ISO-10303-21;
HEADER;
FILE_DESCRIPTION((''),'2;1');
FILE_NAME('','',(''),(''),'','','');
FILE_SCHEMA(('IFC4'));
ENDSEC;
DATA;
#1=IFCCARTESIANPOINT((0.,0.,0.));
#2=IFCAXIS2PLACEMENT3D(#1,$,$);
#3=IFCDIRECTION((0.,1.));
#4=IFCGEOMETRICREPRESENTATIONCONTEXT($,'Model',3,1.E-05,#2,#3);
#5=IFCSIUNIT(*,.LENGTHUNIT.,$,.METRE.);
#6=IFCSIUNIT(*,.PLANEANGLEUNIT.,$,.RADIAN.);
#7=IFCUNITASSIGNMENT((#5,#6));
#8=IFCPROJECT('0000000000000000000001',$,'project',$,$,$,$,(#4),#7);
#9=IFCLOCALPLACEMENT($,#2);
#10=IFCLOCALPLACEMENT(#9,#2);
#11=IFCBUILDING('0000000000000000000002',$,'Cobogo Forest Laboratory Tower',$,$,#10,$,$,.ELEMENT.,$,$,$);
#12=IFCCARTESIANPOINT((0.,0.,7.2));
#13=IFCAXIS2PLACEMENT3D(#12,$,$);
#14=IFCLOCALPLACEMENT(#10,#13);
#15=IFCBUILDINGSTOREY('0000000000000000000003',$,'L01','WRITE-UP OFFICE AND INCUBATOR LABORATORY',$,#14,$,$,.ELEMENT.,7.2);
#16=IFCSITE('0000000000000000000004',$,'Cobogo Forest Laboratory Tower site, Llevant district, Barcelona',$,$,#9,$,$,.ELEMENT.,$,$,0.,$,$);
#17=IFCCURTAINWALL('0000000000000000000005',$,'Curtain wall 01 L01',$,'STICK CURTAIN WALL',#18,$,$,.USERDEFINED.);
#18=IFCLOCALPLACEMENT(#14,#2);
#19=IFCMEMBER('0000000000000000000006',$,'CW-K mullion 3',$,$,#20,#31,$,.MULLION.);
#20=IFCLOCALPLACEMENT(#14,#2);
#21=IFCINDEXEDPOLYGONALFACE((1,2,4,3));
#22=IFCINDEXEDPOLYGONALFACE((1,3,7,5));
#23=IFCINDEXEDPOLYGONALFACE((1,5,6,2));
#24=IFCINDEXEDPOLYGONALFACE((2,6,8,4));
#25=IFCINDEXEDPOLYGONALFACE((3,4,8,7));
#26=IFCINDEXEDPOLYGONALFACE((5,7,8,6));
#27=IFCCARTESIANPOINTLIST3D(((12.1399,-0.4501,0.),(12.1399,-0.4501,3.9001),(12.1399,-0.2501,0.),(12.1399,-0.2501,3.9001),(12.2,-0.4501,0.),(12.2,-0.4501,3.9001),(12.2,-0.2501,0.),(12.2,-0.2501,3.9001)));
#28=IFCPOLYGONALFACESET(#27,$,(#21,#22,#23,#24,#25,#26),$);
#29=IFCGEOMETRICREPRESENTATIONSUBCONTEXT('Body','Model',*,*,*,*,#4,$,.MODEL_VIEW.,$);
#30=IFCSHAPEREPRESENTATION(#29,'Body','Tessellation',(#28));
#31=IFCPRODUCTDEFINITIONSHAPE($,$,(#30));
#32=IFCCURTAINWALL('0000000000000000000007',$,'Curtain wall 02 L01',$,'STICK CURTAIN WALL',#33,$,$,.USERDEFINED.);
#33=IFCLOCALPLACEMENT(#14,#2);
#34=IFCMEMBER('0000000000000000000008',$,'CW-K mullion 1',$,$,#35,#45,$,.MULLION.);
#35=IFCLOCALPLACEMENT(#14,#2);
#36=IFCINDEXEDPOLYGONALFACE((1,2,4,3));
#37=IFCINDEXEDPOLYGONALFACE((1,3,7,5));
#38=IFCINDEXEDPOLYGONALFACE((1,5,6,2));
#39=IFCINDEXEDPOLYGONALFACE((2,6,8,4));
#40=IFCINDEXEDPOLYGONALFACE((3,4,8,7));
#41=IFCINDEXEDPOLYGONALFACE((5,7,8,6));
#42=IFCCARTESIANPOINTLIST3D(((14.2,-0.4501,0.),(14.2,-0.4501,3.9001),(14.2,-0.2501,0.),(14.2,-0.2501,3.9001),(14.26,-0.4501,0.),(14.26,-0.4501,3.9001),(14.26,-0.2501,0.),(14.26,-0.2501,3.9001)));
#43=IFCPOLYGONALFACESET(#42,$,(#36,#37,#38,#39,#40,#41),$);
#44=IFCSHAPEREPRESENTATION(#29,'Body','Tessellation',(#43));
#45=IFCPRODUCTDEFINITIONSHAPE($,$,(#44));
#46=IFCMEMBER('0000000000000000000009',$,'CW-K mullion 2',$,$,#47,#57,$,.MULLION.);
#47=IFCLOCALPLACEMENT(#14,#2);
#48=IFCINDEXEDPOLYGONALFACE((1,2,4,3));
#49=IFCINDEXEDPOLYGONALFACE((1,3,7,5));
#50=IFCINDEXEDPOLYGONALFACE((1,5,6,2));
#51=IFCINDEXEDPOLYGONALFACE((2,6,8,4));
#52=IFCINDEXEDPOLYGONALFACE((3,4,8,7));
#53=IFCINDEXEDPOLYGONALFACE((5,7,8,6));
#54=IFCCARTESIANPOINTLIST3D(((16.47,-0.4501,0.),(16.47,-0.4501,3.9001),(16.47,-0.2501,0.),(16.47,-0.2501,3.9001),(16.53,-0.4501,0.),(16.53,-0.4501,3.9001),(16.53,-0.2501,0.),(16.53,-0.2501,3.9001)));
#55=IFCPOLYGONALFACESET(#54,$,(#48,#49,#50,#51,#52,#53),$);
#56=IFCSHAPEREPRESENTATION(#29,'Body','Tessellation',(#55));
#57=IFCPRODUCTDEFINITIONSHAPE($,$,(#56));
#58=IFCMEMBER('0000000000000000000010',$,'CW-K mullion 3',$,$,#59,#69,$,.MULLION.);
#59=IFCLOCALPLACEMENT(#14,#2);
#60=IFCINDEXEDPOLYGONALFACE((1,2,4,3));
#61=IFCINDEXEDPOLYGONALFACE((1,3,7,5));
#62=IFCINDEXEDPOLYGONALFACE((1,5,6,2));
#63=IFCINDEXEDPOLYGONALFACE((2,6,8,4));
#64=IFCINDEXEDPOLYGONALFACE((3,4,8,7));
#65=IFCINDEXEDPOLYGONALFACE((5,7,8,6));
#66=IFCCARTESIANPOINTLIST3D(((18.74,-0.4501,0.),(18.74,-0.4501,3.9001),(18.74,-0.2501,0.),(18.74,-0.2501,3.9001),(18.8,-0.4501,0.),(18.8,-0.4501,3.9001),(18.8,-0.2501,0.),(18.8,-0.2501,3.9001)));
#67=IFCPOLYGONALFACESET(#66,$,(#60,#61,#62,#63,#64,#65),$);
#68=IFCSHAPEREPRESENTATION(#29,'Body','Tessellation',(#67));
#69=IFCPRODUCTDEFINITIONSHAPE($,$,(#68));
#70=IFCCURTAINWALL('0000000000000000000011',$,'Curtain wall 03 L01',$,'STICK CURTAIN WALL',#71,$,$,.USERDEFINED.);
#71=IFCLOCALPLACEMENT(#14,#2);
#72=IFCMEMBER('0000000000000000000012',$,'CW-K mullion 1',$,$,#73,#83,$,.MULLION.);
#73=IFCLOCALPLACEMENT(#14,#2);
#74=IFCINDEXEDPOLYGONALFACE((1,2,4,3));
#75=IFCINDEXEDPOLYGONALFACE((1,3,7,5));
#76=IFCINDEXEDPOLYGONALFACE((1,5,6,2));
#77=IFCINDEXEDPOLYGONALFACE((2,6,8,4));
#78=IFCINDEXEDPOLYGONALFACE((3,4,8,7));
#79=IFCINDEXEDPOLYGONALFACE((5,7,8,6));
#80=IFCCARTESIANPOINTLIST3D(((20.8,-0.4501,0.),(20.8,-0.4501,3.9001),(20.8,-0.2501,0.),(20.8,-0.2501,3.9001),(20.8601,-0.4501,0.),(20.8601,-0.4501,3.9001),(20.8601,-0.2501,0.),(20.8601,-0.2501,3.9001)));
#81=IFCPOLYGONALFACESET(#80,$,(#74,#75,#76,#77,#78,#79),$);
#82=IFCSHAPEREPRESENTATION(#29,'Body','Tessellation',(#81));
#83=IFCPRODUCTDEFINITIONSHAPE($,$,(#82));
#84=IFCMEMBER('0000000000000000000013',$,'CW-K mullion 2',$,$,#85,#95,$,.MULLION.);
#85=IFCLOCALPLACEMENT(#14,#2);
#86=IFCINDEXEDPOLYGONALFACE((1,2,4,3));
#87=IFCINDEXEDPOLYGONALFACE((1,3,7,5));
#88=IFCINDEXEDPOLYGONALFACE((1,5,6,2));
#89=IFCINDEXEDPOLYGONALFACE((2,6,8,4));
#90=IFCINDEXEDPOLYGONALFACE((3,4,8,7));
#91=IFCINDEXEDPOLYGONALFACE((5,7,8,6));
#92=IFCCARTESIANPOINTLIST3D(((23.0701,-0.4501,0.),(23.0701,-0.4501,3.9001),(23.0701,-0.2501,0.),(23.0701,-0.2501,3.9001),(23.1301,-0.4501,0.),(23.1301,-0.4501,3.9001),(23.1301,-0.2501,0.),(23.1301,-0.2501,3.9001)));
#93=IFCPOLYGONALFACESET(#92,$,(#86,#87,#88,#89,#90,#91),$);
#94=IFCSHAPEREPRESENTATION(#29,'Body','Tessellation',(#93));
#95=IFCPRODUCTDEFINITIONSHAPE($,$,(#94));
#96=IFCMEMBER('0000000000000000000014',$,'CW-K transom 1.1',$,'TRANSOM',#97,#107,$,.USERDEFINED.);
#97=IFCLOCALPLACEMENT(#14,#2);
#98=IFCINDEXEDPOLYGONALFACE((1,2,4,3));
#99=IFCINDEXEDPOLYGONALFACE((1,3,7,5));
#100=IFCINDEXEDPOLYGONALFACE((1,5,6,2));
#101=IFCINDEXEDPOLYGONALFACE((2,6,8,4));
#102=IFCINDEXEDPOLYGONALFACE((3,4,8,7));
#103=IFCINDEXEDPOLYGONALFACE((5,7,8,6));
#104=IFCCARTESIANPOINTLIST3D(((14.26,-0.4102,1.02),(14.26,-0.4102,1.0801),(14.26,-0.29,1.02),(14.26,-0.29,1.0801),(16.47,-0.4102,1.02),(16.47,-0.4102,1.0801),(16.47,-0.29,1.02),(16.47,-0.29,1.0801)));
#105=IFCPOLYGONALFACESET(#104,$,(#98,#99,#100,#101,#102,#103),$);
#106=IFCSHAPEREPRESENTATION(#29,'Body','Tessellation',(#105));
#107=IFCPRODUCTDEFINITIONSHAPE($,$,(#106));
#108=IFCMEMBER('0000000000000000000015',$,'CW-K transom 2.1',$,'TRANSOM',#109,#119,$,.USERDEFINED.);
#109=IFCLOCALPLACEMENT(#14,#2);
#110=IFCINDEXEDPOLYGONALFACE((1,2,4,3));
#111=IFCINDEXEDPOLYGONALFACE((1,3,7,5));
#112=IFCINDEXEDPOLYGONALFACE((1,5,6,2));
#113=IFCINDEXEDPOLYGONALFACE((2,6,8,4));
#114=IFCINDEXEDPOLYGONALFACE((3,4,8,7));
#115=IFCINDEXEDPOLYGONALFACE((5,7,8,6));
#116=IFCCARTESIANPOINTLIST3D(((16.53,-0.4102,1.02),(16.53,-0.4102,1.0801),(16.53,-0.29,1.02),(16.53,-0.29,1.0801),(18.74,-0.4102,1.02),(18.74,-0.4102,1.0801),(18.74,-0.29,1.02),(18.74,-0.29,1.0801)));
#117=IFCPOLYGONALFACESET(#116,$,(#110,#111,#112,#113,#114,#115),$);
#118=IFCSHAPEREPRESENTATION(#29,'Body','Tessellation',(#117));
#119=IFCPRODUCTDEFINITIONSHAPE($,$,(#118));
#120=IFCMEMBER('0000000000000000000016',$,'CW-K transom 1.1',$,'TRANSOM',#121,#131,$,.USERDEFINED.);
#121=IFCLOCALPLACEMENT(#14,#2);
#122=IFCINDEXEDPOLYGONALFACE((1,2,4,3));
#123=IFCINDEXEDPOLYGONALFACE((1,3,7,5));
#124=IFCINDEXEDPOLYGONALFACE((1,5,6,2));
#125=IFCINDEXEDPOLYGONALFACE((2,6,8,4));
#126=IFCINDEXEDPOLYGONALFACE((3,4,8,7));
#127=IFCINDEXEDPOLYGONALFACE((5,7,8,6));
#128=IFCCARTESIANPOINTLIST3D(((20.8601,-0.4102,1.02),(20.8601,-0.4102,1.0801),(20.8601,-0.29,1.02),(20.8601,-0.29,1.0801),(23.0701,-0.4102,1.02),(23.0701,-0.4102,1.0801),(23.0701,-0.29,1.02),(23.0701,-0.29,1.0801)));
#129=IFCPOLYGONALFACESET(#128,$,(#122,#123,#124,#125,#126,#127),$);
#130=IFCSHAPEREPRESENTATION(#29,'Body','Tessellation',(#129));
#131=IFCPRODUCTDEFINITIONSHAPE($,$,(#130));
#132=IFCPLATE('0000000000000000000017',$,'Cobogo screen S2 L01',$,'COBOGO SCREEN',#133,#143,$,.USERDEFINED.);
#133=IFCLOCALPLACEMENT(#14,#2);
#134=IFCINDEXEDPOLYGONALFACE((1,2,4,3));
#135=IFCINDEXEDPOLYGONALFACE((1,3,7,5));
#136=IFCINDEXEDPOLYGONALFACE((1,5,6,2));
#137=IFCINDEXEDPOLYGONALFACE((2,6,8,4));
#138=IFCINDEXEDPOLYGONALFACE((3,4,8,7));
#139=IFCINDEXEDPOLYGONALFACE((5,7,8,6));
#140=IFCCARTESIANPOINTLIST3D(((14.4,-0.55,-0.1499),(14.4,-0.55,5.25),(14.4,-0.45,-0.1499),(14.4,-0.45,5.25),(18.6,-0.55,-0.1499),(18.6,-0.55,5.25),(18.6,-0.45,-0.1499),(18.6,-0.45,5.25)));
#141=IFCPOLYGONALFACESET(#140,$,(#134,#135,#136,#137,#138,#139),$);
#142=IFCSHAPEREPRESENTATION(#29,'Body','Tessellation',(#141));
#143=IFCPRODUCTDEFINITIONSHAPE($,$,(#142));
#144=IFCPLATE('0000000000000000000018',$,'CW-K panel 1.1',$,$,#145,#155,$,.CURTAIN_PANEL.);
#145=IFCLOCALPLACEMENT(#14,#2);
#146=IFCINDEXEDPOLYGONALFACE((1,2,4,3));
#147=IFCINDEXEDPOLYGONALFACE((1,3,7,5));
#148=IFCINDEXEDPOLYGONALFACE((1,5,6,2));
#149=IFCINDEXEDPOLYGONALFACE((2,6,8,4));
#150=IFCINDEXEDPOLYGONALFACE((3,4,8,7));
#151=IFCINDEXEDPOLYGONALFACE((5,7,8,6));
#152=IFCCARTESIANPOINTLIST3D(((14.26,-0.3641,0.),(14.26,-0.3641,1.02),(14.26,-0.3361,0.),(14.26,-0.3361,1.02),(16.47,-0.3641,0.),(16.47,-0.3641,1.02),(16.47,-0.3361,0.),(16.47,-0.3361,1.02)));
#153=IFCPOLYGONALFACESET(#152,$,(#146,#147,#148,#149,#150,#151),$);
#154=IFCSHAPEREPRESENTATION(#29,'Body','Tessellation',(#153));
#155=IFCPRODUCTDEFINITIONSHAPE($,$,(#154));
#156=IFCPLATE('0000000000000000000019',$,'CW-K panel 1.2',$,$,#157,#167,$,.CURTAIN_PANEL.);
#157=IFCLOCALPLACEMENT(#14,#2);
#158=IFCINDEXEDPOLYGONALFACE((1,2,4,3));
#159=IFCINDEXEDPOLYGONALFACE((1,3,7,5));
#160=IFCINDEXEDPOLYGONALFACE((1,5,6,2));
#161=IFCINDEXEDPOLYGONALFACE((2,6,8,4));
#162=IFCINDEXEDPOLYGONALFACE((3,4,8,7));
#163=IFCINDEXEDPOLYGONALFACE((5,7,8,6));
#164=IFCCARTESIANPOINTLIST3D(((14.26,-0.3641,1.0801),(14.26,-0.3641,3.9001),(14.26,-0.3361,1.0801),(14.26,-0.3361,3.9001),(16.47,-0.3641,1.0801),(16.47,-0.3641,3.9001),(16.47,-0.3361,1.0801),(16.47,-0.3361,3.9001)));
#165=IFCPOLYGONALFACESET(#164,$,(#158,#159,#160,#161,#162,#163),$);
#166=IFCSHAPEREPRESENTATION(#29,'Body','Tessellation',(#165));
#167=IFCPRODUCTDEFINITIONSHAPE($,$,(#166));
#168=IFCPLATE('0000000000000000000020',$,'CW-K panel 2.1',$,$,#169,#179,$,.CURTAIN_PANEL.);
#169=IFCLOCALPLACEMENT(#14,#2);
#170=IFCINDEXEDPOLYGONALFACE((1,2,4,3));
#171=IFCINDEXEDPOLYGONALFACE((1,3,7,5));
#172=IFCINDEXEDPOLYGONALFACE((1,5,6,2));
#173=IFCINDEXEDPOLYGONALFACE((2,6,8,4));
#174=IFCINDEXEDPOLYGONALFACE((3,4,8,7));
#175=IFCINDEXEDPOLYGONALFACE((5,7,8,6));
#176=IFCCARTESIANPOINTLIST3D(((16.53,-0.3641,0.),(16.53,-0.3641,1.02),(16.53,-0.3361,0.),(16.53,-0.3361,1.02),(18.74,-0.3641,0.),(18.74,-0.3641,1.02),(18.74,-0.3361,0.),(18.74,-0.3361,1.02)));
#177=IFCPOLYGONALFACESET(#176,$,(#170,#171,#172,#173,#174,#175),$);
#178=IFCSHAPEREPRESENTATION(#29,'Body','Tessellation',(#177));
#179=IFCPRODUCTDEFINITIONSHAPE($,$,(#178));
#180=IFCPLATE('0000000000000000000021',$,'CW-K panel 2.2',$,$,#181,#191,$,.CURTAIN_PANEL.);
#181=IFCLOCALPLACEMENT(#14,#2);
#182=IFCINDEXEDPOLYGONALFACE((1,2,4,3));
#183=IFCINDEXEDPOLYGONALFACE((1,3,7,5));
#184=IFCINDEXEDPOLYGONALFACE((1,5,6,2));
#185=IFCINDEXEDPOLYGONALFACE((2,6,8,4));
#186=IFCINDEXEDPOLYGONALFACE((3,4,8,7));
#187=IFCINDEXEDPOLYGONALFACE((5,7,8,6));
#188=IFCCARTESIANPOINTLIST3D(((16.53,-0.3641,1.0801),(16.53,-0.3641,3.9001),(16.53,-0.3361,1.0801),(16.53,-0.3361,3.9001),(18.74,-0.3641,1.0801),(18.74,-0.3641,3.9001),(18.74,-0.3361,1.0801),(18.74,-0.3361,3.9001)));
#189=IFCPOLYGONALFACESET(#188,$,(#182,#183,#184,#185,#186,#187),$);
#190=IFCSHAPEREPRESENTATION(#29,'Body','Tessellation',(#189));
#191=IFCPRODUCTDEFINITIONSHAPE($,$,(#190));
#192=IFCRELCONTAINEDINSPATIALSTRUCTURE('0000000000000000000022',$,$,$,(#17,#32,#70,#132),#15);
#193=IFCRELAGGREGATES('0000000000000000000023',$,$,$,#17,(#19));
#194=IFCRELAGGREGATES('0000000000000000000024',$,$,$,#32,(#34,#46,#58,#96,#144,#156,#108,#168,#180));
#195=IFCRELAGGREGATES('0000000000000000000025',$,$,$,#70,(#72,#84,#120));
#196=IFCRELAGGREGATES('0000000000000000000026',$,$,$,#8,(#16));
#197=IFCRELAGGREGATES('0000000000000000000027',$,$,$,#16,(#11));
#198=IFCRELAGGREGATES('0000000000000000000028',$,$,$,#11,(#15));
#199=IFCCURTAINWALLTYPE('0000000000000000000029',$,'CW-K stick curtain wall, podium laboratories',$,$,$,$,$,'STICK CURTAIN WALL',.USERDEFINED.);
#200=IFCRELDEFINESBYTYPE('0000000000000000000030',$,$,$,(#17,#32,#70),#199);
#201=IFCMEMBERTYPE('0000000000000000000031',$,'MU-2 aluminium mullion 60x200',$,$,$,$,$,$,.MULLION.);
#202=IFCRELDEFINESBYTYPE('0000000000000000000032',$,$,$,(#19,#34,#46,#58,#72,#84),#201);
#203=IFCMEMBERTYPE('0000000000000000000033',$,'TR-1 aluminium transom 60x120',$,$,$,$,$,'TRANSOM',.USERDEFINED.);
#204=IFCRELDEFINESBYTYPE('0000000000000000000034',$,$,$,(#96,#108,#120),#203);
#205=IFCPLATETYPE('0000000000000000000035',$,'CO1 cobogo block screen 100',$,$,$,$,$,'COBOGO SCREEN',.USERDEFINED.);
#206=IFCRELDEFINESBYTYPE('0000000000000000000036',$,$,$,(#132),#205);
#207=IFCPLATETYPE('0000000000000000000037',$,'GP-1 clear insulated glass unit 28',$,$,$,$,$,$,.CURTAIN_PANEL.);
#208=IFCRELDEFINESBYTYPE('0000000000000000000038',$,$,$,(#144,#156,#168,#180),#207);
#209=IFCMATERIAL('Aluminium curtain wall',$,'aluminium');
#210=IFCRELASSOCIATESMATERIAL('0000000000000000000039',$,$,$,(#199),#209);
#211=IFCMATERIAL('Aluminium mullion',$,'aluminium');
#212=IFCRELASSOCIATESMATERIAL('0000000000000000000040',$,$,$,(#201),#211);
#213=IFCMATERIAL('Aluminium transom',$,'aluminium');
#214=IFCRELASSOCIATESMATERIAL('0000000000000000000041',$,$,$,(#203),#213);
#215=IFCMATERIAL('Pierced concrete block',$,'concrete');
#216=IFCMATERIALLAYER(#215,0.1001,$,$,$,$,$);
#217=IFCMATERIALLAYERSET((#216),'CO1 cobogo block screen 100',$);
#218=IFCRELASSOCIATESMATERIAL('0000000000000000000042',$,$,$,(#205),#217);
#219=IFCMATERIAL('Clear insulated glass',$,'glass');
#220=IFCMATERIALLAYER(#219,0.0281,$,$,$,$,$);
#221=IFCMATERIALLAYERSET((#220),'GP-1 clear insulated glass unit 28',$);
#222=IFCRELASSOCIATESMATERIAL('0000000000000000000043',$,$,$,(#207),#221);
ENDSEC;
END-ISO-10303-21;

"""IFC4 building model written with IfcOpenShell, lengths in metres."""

from ifc_helpers import new_model, si_unit, direction, frame, origin, origin_2d, place, context, subcontext, project, spatial, rectangle, extrude, material, layer, layer_set, material_profile, profile_set, type_object, element, aggregate, save


model = new_model("IFC4")

# Units and contexts
model_context = context("Model", 3, precision=1e-05, world=origin(), true_north=direction((0.0, 1.0)))
body_context = subcontext(model_context, "Body", "Model", "MODEL_VIEW")
ifc_project = project(units=[si_unit("LENGTHUNIT", "METRE"), si_unit("PLANEANGLEUNIT", "RADIAN")], contexts=[model_context])

# Site, building, storey
site_placement = place(None, origin())
site = spatial("IfcSite", under=ifc_project, at=site_placement, Name="Cobogo Forest Laboratory Tower site, Llevant district, Barcelona", CompositionType="ELEMENT", RefElevation=0.0)
building_placement = place(site_placement, origin())
building = spatial("IfcBuilding", under=site, at=building_placement, Name="Cobogo Forest Laboratory Tower", CompositionType="ELEMENT")
storey_placement = place(building_placement, frame((0.0, 0.0, 7.2)))
storey = spatial("IfcBuildingStorey", under=building, at=storey_placement, Name="L01", Description="WRITE-UP OFFICE AND INCUBATOR LABORATORY", CompositionType="ELEMENT", Elevation=7.2)

# Curtain wall, member
ifc_material_1 = material(Name="Aluminium curtain wall", Category="aluminium")
curtain_wall_type = type_object("IfcCurtainWallType", Name="CW-K stick curtain wall, podium laboratories", ElementType="STICK CURTAIN WALL", PredefinedType="USERDEFINED", material=ifc_material_1)
curtain_wall_1_placement = place(storey_placement, origin())
curtain_wall_1 = element("IfcCurtainWall", 1, at=curtain_wall_1_placement, inside=storey, type_object=curtain_wall_type, Name="Curtain wall 01 L01", ObjectType="STICK CURTAIN WALL", PredefinedType="USERDEFINED")
ifc_material_2 = material(Name="Aluminium mullion", Category="aluminium")
ifc_material_profile_1 = material_profile(ifc_material_2, rectangle(XDim=0.0601, YDim=0.2, at=origin_2d()), Name="AL 60x200")
ifc_profile_set_1 = profile_set([ifc_material_profile_1], Name="Aluminium mullion")
member_type_1 = type_object("IfcMemberType", Name="MU-2 aluminium mullion 60x200", PredefinedType="MULLION", material=ifc_profile_set_1)
member_1_placement = place(storey_placement, frame((12.1699, -0.3501, 0.0), z_axis=(0.0, 0.0, 1.0), x_axis=(1.0, 0.0, 0.0)))
member_1 = element("IfcMember", 2, at=member_1_placement, type_object=member_type_1, Name="CW-K mullion 3", PredefinedType="MULLION", context=body_context, shape_type="SweptSolid", body=[
    extrude(rectangle(XDim=0.0601, YDim=0.2, at=origin_2d()), origin(), (0.0, 0.0, 1.0), 3.9001),
])
aggregate(curtain_wall_1, [member_1])

# Curtain walls, members
curtain_wall_2_placement = place(storey_placement, origin())
curtain_wall_2 = element("IfcCurtainWall", 3, at=curtain_wall_2_placement, inside=storey, type_object=curtain_wall_type, Name="Curtain wall 02 L01", ObjectType="STICK CURTAIN WALL", PredefinedType="USERDEFINED")
member_2_placement = place(storey_placement, frame((14.23, -0.3501, 0.0), z_axis=(0.0, 0.0, 1.0), x_axis=(1.0, 0.0, 0.0)))
member_2 = element("IfcMember", 4, at=member_2_placement, type_object=member_type_1, Name="CW-K mullion 1", PredefinedType="MULLION", context=body_context, shape_type="SweptSolid", body=[
    extrude(rectangle(XDim=0.0601, YDim=0.2, at=origin_2d()), origin(), (0.0, 0.0, 1.0), 3.9001),
])
member_3_placement = place(storey_placement, frame((16.5, -0.3501, 0.0), z_axis=(0.0, 0.0, 1.0), x_axis=(1.0, 0.0, 0.0)))
member_3 = element("IfcMember", 5, at=member_3_placement, type_object=member_type_1, Name="CW-K mullion 2", PredefinedType="MULLION", context=body_context, shape_type="SweptSolid", body=[
    extrude(rectangle(XDim=0.0601, YDim=0.2, at=origin_2d()), origin(), (0.0, 0.0, 1.0), 3.9001),
])
member_4_placement = place(storey_placement, frame((18.77, -0.3501, 0.0), z_axis=(0.0, 0.0, 1.0), x_axis=(1.0, 0.0, 0.0)))
member_4 = element("IfcMember", 6, at=member_4_placement, type_object=member_type_1, Name="CW-K mullion 3", PredefinedType="MULLION", context=body_context, shape_type="SweptSolid", body=[
    extrude(rectangle(XDim=0.0601, YDim=0.2, at=origin_2d()), origin(), (0.0, 0.0, 1.0), 3.9001),
])
curtain_wall_3_placement = place(storey_placement, origin())
curtain_wall_3 = element("IfcCurtainWall", 7, at=curtain_wall_3_placement, inside=storey, type_object=curtain_wall_type, Name="Curtain wall 03 L01", ObjectType="STICK CURTAIN WALL", PredefinedType="USERDEFINED")
member_5_placement = place(storey_placement, frame((20.8301, -0.3501, 0.0), z_axis=(0.0, 0.0, 1.0), x_axis=(1.0, 0.0, 0.0)))
member_5 = element("IfcMember", 8, at=member_5_placement, type_object=member_type_1, Name="CW-K mullion 1", PredefinedType="MULLION", context=body_context, shape_type="SweptSolid", body=[
    extrude(rectangle(XDim=0.0601, YDim=0.2, at=origin_2d()), origin(), (0.0, 0.0, 1.0), 3.9001),
])
member_6_placement = place(storey_placement, frame((23.1001, -0.3501, 0.0), z_axis=(0.0, 0.0, 1.0), x_axis=(1.0, 0.0, 0.0)))
member_6 = element("IfcMember", 9, at=member_6_placement, type_object=member_type_1, Name="CW-K mullion 2", PredefinedType="MULLION", context=body_context, shape_type="SweptSolid", body=[
    extrude(rectangle(XDim=0.0601, YDim=0.2, at=origin_2d()), origin(), (0.0, 0.0, 1.0), 3.9001),
])

# Members
ifc_material_3 = material(Name="Aluminium transom", Category="aluminium")
ifc_material_profile_2 = material_profile(ifc_material_3, rectangle(XDim=0.1201, YDim=0.0601, at=origin_2d()), Name="AL 60x120")
ifc_profile_set_2 = profile_set([ifc_material_profile_2], Name="Aluminium transom")
member_type_2 = type_object("IfcMemberType", Name="TR-1 aluminium transom 60x120", ElementType="TRANSOM", PredefinedType="USERDEFINED", material=ifc_profile_set_2)
member_7_placement = place(storey_placement, frame((14.26, -0.3501, 1.05), z_axis=(1.0, 0.0, 0.0), x_axis=(0.0, 1.0, 0.0)))
member_7 = element("IfcMember", 10, at=member_7_placement, type_object=member_type_2, Name="CW-K transom 1.1", ObjectType="TRANSOM", PredefinedType="USERDEFINED", context=body_context, shape_type="SweptSolid", body=[
    extrude(rectangle(XDim=0.1201, YDim=0.0601, at=origin_2d()), origin(), (0.0, 0.0, 1.0), 2.21),
])
member_8_placement = place(storey_placement, frame((16.53, -0.3501, 1.05), z_axis=(1.0, 0.0, 0.0), x_axis=(0.0, 1.0, 0.0)))
member_8 = element("IfcMember", 11, at=member_8_placement, type_object=member_type_2, Name="CW-K transom 2.1", ObjectType="TRANSOM", PredefinedType="USERDEFINED", context=body_context, shape_type="SweptSolid", body=[
    extrude(rectangle(XDim=0.1201, YDim=0.0601, at=origin_2d()), origin(), (0.0, 0.0, 1.0), 2.21),
])
member_9_placement = place(storey_placement, frame((20.8601, -0.3501, 1.05), z_axis=(1.0, 0.0, 0.0), x_axis=(0.0, 1.0, 0.0)))
member_9 = element("IfcMember", 12, at=member_9_placement, type_object=member_type_2, Name="CW-K transom 1.1", ObjectType="TRANSOM", PredefinedType="USERDEFINED", context=body_context, shape_type="SweptSolid", body=[
    extrude(rectangle(XDim=0.1201, YDim=0.0601, at=origin_2d()), origin(), (0.0, 0.0, 1.0), 2.21),
])

# Plates
ifc_material_4 = material(Name="Pierced concrete block", Category="concrete")
ifc_layer_1 = layer(ifc_material_4, 0.1001)
ifc_layer_set_1 = layer_set([ifc_layer_1], Name="CO1 cobogo block screen 100")
plate_type_1 = type_object("IfcPlateType", Name="CO1 cobogo block screen 100", ElementType="COBOGO SCREEN", PredefinedType="USERDEFINED", material=ifc_layer_set_1)
plate_1_placement = place(storey_placement, frame((16.5, -0.5, -0.1499), z_axis=(0.0, 0.0, 1.0), x_axis=(1.0, 0.0, 0.0)))
element("IfcPlate", 13, at=plate_1_placement, inside=storey, type_object=plate_type_1, Name="Cobogo screen S2 L01", ObjectType="COBOGO SCREEN", PredefinedType="USERDEFINED", context=body_context, shape_type="SweptSolid", body=[
    extrude(rectangle(XDim=4.2, YDim=0.1001, at=origin_2d()), origin(), (0.0, 0.0, 1.0), 5.3999),
])
ifc_material_5 = material(Name="Clear insulated glass", Category="glass")
ifc_layer_2 = layer(ifc_material_5, 0.0281)
ifc_layer_set_2 = layer_set([ifc_layer_2], Name="GP-1 clear insulated glass unit 28")
plate_type_2 = type_object("IfcPlateType", Name="GP-1 clear insulated glass unit 28", PredefinedType="CURTAIN_PANEL", material=ifc_layer_set_2)
plate_2_placement = place(storey_placement, frame((15.365, -0.3501, 0.0), z_axis=(0.0, 0.0, 1.0), x_axis=(1.0, 0.0, 0.0)))
plate_2 = element("IfcPlate", 14, at=plate_2_placement, type_object=plate_type_2, Name="CW-K panel 1.1", PredefinedType="CURTAIN_PANEL", context=body_context, shape_type="SweptSolid", body=[
    extrude(rectangle(XDim=2.21, YDim=0.0281, at=origin_2d()), origin(), (0.0, 0.0, 1.0), 1.02),
])
plate_3_placement = place(storey_placement, frame((15.365, -0.3501, 1.0801), z_axis=(0.0, 0.0, 1.0), x_axis=(1.0, 0.0, 0.0)))
plate_3 = element("IfcPlate", 15, at=plate_3_placement, type_object=plate_type_2, Name="CW-K panel 1.2", PredefinedType="CURTAIN_PANEL", context=body_context, shape_type="SweptSolid", body=[
    extrude(rectangle(XDim=2.21, YDim=0.0281, at=origin_2d()), origin(), (0.0, 0.0, 1.0), 2.8201),
])
plate_4_placement = place(storey_placement, frame((17.635, -0.3501, 0.0), z_axis=(0.0, 0.0, 1.0), x_axis=(1.0, 0.0, 0.0)))
plate_4 = element("IfcPlate", 16, at=plate_4_placement, type_object=plate_type_2, Name="CW-K panel 2.1", PredefinedType="CURTAIN_PANEL", context=body_context, shape_type="SweptSolid", body=[
    extrude(rectangle(XDim=2.21, YDim=0.0281, at=origin_2d()), origin(), (0.0, 0.0, 1.0), 1.02),
])
plate_5_placement = place(storey_placement, frame((17.635, -0.3501, 1.0801), z_axis=(0.0, 0.0, 1.0), x_axis=(1.0, 0.0, 0.0)))
plate_5 = element("IfcPlate", 17, at=plate_5_placement, type_object=plate_type_2, Name="CW-K panel 2.2", PredefinedType="CURTAIN_PANEL", context=body_context, shape_type="SweptSolid", body=[
    extrude(rectangle(XDim=2.21, YDim=0.0281, at=origin_2d()), origin(), (0.0, 0.0, 1.0), 2.8201),
])
aggregate(curtain_wall_2, [member_2, member_3, member_4, member_7, plate_2, plate_3, member_8, plate_4, plate_5])
aggregate(curtain_wall_3, [member_5, member_6, member_9])

save(model, "model.ifc")
